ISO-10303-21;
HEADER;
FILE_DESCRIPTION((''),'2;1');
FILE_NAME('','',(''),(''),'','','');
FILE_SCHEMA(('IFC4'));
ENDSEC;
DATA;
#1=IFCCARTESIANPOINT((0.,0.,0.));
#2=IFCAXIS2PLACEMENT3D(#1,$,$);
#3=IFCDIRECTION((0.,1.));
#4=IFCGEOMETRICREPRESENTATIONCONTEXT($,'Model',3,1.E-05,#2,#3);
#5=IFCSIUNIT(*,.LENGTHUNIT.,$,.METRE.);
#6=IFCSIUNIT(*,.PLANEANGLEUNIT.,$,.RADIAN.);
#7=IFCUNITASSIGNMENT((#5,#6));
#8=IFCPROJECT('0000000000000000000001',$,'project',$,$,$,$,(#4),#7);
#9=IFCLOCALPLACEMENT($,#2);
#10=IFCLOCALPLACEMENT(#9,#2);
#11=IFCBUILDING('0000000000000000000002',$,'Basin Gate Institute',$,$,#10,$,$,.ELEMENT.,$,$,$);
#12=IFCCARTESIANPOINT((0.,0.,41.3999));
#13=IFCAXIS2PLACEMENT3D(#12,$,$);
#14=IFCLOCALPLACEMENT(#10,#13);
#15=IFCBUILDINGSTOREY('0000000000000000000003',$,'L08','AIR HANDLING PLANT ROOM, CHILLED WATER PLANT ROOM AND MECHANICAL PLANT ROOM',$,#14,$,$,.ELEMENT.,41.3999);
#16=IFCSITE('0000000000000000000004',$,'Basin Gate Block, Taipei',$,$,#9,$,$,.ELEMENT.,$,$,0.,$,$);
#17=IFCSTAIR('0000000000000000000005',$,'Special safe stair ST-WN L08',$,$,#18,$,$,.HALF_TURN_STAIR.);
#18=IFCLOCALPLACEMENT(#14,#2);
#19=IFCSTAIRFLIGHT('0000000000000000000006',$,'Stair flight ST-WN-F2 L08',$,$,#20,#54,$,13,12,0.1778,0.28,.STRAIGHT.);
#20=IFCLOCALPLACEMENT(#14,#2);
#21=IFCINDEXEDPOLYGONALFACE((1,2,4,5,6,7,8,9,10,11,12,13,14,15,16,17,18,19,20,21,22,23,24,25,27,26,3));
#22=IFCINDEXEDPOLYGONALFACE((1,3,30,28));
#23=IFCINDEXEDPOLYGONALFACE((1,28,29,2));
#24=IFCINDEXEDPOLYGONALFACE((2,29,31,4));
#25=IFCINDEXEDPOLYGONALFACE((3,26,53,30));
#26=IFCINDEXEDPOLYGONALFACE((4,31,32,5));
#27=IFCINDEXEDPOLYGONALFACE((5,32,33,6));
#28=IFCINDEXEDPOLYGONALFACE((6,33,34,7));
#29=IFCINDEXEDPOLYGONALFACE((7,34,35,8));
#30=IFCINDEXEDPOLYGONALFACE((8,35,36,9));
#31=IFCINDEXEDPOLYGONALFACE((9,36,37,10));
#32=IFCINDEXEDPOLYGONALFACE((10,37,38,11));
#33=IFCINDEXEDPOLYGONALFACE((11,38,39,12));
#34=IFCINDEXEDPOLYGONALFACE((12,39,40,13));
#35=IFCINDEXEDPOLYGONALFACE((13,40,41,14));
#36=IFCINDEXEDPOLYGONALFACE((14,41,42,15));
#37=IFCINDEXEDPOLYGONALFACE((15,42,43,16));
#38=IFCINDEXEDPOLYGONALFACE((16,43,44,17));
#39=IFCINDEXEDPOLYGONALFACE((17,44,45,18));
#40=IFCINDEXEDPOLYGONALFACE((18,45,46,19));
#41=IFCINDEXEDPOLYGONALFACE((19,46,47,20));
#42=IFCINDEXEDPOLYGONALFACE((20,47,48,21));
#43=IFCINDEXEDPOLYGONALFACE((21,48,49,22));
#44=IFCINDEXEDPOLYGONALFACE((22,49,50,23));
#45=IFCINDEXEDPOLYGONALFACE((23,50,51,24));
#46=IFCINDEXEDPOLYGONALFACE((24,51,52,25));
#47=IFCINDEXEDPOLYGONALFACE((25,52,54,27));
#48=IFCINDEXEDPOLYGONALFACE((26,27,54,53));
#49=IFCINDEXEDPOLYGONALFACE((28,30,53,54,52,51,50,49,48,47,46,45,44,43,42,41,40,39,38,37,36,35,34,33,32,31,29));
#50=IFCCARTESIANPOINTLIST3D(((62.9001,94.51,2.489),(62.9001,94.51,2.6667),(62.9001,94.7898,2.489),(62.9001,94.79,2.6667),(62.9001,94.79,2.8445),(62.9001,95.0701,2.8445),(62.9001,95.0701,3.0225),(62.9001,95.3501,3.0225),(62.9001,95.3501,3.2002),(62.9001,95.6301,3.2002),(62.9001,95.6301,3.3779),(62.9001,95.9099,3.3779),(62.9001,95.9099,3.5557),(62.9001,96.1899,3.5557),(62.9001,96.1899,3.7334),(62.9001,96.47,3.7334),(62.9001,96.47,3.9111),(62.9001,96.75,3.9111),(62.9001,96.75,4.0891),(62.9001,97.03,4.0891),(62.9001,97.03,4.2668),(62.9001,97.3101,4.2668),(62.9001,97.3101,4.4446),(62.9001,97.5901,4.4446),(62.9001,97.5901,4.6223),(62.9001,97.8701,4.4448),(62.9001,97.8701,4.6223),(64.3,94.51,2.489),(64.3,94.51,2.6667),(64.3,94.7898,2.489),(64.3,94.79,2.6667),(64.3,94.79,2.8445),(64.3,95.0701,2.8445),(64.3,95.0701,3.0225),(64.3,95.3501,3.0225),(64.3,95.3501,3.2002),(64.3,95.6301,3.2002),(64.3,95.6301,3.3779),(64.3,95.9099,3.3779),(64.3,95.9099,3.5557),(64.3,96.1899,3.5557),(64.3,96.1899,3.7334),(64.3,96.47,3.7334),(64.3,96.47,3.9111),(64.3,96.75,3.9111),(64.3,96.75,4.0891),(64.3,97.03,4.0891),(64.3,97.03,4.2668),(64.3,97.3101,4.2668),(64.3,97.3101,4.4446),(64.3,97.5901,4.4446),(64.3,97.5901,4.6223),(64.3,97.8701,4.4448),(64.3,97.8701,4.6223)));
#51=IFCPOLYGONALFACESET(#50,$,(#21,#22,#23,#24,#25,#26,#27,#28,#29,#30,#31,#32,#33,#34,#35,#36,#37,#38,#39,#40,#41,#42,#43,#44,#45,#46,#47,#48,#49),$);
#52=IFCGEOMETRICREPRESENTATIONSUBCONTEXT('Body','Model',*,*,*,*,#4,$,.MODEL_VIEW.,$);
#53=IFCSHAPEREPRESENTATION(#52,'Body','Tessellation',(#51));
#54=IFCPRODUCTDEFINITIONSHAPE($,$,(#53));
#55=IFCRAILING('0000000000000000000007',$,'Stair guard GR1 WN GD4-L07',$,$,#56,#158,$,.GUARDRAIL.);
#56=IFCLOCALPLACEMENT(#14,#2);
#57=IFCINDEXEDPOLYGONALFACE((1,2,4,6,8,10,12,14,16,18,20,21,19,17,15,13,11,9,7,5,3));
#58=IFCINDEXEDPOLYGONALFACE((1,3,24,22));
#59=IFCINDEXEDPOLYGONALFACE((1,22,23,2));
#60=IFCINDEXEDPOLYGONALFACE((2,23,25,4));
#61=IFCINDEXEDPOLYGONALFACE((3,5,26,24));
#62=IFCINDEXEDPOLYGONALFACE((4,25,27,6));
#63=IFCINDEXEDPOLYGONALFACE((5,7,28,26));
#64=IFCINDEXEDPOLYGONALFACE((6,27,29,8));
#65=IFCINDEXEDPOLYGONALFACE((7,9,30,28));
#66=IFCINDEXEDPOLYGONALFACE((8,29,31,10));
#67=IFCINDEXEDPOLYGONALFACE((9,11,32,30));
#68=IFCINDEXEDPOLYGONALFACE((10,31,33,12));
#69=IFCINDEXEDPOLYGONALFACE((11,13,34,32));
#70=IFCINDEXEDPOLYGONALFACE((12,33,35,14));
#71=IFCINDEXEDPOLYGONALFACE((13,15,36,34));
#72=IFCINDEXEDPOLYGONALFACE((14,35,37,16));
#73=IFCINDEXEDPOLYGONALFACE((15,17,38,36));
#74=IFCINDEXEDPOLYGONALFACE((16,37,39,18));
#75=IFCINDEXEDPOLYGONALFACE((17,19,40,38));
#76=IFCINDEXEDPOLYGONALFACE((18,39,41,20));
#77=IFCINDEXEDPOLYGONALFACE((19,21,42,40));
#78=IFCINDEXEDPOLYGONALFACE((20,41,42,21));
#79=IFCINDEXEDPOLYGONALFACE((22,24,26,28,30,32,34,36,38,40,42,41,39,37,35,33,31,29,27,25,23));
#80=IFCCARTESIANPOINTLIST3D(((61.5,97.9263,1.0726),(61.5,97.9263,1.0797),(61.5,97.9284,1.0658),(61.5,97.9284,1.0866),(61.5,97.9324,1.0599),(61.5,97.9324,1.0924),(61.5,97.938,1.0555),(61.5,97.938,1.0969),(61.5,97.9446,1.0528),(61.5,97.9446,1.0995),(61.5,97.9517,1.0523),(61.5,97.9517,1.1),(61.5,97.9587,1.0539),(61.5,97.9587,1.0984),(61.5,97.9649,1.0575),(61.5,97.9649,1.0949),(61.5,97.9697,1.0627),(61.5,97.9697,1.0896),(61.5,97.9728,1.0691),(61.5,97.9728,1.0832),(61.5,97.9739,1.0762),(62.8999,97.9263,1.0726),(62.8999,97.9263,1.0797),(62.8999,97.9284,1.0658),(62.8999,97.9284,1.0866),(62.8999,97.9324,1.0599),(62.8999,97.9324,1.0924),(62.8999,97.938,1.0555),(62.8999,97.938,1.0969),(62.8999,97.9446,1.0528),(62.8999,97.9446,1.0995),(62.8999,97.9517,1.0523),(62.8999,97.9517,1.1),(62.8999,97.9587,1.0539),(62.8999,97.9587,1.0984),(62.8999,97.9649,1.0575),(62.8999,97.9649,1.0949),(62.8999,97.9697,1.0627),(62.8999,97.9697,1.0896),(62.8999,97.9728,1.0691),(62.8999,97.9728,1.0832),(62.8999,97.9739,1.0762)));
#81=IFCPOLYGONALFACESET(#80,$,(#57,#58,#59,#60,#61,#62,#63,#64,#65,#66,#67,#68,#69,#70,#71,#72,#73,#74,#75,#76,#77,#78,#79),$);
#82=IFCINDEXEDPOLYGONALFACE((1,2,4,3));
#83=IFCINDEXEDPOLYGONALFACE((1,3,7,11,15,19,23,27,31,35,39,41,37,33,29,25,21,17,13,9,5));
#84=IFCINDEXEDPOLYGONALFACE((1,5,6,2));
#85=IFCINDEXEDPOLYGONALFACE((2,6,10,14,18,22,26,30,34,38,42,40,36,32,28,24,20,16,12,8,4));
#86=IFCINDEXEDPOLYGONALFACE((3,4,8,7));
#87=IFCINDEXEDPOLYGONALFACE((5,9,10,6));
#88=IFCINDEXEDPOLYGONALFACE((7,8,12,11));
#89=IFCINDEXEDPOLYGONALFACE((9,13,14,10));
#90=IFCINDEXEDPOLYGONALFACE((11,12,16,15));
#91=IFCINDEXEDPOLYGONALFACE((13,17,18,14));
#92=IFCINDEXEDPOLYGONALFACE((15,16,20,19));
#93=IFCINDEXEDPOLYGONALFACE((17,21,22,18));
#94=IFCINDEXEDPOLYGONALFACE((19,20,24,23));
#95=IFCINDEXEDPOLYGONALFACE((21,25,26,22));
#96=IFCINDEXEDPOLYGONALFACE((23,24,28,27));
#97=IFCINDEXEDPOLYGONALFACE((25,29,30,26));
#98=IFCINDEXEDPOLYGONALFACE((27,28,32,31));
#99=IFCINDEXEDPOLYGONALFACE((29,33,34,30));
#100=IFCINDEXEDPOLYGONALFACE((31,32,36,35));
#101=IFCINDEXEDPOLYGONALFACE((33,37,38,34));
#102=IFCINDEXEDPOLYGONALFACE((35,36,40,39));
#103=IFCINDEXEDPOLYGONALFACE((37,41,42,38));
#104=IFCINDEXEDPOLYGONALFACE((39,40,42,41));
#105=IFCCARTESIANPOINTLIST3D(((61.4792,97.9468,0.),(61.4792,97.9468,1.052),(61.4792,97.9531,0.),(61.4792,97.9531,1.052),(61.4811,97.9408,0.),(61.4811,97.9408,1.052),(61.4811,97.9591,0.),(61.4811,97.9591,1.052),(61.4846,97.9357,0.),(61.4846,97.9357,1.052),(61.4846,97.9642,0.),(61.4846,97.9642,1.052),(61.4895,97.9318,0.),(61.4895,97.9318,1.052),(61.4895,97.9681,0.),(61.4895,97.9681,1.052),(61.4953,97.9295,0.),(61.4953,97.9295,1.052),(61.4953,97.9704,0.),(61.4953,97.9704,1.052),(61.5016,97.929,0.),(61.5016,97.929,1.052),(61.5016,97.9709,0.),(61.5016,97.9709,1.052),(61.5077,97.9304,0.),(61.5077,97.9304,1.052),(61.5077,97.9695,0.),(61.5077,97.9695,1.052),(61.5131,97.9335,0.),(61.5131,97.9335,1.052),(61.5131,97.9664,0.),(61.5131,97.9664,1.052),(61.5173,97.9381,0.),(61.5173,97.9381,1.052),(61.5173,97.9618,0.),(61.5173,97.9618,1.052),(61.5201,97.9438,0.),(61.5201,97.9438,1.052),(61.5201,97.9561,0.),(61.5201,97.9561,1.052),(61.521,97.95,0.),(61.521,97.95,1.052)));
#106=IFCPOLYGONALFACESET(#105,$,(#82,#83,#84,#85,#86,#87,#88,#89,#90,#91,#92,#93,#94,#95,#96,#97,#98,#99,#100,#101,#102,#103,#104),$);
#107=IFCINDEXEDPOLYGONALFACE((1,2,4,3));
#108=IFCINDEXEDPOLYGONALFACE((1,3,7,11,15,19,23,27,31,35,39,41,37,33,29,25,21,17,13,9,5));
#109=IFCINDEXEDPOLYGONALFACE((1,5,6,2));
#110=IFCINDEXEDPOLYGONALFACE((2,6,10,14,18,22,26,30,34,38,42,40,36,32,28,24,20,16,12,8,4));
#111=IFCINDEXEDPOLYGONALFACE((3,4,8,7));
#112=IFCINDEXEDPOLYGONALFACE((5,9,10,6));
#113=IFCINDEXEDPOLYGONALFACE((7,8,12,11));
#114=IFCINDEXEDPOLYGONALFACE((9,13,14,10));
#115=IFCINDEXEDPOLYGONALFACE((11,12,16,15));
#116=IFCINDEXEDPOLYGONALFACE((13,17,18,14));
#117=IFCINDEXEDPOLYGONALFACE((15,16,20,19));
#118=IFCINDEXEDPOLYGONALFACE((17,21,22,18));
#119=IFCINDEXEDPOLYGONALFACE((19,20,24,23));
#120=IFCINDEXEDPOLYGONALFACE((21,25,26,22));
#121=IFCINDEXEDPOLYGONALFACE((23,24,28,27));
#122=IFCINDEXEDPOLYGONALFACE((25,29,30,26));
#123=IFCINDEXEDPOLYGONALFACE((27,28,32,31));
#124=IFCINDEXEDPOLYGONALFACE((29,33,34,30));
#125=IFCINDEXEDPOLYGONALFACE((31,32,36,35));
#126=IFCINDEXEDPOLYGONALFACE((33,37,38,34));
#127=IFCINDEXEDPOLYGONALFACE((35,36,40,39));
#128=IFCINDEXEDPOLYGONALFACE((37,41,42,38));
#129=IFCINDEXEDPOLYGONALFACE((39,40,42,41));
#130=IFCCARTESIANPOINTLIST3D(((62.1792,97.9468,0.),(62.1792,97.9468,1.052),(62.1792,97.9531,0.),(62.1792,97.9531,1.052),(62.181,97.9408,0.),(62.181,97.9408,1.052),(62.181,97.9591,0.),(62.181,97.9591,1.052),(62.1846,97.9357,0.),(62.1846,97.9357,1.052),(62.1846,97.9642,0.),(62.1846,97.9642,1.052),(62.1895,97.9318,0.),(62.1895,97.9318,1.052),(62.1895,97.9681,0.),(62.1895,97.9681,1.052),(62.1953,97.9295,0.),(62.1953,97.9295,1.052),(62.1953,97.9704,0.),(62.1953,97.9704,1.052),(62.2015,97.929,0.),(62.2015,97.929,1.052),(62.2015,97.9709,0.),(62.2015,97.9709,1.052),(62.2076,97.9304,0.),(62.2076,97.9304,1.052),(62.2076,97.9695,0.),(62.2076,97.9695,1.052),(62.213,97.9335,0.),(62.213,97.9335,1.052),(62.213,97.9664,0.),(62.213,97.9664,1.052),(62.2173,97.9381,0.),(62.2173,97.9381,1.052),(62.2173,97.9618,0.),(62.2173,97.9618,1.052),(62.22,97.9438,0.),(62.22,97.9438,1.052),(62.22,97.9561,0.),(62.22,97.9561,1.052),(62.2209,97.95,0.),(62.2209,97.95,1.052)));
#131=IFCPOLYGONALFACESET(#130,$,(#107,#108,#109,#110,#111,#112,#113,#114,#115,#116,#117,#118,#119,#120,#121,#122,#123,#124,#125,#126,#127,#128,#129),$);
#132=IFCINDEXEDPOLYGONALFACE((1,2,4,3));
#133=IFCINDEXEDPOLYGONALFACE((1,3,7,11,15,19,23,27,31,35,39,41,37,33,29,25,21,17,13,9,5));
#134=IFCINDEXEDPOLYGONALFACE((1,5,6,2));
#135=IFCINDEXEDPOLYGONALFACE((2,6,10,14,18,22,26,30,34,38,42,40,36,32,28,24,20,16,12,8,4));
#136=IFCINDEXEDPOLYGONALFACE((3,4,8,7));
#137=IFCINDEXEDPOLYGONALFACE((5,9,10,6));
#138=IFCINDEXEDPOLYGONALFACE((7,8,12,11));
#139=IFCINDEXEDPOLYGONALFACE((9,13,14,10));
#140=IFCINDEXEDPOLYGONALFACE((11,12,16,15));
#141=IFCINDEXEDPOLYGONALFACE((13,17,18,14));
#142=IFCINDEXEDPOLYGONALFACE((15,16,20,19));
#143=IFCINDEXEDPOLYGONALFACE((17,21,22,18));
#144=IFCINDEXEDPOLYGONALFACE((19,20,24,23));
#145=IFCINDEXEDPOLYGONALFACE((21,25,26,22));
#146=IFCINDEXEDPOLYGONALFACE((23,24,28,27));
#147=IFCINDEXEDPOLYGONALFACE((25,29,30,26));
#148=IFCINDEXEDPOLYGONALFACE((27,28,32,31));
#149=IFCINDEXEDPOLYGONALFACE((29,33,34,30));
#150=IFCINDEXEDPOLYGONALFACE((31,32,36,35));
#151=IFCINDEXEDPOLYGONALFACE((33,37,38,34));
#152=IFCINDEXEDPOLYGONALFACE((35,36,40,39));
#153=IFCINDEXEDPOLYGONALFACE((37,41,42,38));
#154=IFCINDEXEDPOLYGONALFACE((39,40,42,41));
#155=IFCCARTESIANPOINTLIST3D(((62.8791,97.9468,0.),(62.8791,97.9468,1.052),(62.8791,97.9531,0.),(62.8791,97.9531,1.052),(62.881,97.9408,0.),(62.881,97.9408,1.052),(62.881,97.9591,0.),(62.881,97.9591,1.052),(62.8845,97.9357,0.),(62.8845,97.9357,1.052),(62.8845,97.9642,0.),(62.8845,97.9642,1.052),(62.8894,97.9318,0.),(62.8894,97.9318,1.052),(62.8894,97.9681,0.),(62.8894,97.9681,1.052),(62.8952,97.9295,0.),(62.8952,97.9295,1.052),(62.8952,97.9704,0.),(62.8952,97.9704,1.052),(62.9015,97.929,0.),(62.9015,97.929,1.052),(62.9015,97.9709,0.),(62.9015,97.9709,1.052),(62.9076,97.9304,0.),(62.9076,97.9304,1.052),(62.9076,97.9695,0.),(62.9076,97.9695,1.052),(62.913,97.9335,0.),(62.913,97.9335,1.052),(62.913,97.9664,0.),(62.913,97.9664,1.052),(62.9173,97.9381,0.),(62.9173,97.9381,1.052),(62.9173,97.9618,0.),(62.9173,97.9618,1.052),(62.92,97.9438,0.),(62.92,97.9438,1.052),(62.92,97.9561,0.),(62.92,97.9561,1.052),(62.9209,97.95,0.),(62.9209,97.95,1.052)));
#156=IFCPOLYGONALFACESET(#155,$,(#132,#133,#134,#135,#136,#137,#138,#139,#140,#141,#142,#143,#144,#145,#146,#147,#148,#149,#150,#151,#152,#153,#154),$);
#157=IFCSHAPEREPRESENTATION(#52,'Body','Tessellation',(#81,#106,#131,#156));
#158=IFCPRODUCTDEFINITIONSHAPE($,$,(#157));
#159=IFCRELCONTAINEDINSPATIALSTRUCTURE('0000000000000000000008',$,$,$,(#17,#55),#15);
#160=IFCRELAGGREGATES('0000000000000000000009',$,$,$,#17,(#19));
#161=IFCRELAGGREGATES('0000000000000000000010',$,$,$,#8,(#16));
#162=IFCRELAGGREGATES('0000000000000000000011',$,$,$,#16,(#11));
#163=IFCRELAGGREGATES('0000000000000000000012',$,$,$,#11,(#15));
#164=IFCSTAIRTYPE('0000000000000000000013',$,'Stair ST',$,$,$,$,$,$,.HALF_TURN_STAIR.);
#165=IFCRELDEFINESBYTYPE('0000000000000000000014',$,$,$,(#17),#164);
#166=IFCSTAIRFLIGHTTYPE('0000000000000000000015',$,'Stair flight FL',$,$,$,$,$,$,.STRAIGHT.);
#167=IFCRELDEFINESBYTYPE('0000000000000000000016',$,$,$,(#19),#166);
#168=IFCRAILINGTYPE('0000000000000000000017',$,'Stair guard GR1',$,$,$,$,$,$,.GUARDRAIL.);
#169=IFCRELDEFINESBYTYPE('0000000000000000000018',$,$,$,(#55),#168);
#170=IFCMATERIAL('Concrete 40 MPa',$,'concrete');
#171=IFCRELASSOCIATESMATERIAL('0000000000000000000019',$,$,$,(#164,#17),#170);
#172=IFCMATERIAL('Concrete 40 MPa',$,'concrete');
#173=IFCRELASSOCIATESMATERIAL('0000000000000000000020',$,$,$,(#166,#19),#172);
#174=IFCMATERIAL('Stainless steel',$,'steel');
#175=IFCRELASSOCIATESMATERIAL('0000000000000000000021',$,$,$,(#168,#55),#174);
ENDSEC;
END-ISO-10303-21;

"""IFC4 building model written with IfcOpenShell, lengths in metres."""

from ifc_helpers import new_model, si_unit, direction, frame, origin, origin_2d, place, context, subcontext, project, spatial, polyline, circle, outline, extrude, material, type_object, element, aggregate, save


model = new_model("IFC4")

# Units and contexts
model_context = context("Model", 3, precision=1e-05, world=origin(), true_north=direction((0.0, 1.0)))
body_context = subcontext(model_context, "Body", "Model", "MODEL_VIEW")
ifc_project = project(units=[si_unit("LENGTHUNIT", "METRE"), si_unit("PLANEANGLEUNIT", "RADIAN")], contexts=[model_context])

# Site, building, storey
site_placement = place(None, origin())
site = spatial("IfcSite", under=ifc_project, at=site_placement, Name="Basin Gate Block, Taipei", CompositionType="ELEMENT", RefElevation=0.0)
building_placement = place(site_placement, origin())
building = spatial("IfcBuilding", under=site, at=building_placement, Name="Basin Gate Institute", CompositionType="ELEMENT")
storey_placement = place(building_placement, frame((0.0, 0.0, 41.3999)))
storey = spatial("IfcBuildingStorey", under=building, at=storey_placement, Name="L08", Description="AIR HANDLING PLANT ROOM, CHILLED WATER PLANT ROOM AND MECHANICAL PLANT ROOM", CompositionType="ELEMENT", Elevation=41.3999)

# Stair, stair flight
ifc_material_1 = material(Name="Concrete 40 MPa", Category="concrete")
stair_type = type_object("IfcStairType", Name="Stair ST", PredefinedType="HALF_TURN_STAIR", material=ifc_material_1)
stair_placement = place(storey_placement, origin())
stair = element("IfcStair", 1, at=stair_placement, inside=storey, type_object=stair_type, material=ifc_material_1, Name="Special safe stair ST-WN L08", PredefinedType="HALF_TURN_STAIR")
ifc_material_2 = material(Name="Concrete 40 MPa", Category="concrete")
stair_flight_type = type_object("IfcStairFlightType", Name="Stair flight FL", PredefinedType="STRAIGHT", material=ifc_material_2)
stair_flight_1_placement = place(storey_placement, frame((63.6001, 94.51, 2.489), z_axis=(0.0, 0.0, 1.0), x_axis=(0.0, 1.0, 0.0)))
stair_flight_1 = element("IfcStairFlight", 2, at=stair_flight_1_placement, type_object=stair_flight_type, material=ifc_material_2, Name="Stair flight ST-WN-F2 L08", NumberOfRisers=13, NumberOfTreads=12, PredefinedType="STRAIGHT", RiserHeight=0.1778, TreadLength=0.28, context=body_context, shape_type="SweptSolid", body=[
    extrude(outline(polyline([(0.0, 0.0), (0.0, 0.1777), (0.28, 0.1777), (0.28, 0.3555), (0.5601, 0.3555), (0.5601, 0.5334), (0.8401, 0.5334), (0.8401, 0.7112), (1.1201, 0.7112), (1.1201, 0.8889), (1.3999, 0.8889), (1.3999, 1.0667), (1.6799, 1.0667), (1.6799, 1.2444), (1.96, 1.2444), (1.96, 1.4221), (2.24, 1.4221), (2.24, 1.6001), (2.52, 1.6001), (2.52, 1.7778), (2.8, 1.7778), (2.8, 1.9556), (3.0801, 1.9556), (3.0801, 2.1333), (3.3601, 2.1333), (3.3601, 2.311), (3.3601, 1.9558), (0.2798, 0.0), (0.0, 0.0)])), frame((0.0, 0.7, 0.0), z_axis=(0.0, -1.0, 0.0), x_axis=(1.0, 0.0, 0.0)), (0.0, 0.0, 1.0), 1.3999),
])
aggregate(stair, [stair_flight_1])

# Railing
ifc_material_3 = material(Name="Stainless steel", Category="steel")
railing_type_1 = type_object("IfcRailingType", Name="Stair guard GR1", PredefinedType="GUARDRAIL", material=ifc_material_3)
railing_1_placement = place(storey_placement, frame((61.5, 97.95, 0.0)))
element("IfcRailing", 3, at=railing_1_placement, inside=storey, type_object=railing_type_1, material=ifc_material_3, Name="Stair guard GR1 WN GD4-L07", PredefinedType="GUARDRAIL", context=body_context, shape_type="SweptSolid", body=[
    extrude(circle(Radius=0.0239, at=origin_2d()), frame((0.0, 0.0, 1.0762), z_axis=(1.0, 0.0, 0.0), x_axis=(0.0, 1.0, 0.0)), (0.0, 0.0, 1.0), 1.3999),
    extrude(circle(Radius=0.021, at=origin_2d()), origin(), (0.0, 0.0, 1.0), 1.052),
    extrude(circle(Radius=0.021, at=origin_2d()), frame((0.7, 0.0, 0.0)), (0.0, 0.0, 1.0), 1.052),
    extrude(circle(Radius=0.021, at=origin_2d()), frame((1.3999, 0.0, 0.0)), (0.0, 0.0, 1.0), 1.052),
])

save(model, "model.ifc")
